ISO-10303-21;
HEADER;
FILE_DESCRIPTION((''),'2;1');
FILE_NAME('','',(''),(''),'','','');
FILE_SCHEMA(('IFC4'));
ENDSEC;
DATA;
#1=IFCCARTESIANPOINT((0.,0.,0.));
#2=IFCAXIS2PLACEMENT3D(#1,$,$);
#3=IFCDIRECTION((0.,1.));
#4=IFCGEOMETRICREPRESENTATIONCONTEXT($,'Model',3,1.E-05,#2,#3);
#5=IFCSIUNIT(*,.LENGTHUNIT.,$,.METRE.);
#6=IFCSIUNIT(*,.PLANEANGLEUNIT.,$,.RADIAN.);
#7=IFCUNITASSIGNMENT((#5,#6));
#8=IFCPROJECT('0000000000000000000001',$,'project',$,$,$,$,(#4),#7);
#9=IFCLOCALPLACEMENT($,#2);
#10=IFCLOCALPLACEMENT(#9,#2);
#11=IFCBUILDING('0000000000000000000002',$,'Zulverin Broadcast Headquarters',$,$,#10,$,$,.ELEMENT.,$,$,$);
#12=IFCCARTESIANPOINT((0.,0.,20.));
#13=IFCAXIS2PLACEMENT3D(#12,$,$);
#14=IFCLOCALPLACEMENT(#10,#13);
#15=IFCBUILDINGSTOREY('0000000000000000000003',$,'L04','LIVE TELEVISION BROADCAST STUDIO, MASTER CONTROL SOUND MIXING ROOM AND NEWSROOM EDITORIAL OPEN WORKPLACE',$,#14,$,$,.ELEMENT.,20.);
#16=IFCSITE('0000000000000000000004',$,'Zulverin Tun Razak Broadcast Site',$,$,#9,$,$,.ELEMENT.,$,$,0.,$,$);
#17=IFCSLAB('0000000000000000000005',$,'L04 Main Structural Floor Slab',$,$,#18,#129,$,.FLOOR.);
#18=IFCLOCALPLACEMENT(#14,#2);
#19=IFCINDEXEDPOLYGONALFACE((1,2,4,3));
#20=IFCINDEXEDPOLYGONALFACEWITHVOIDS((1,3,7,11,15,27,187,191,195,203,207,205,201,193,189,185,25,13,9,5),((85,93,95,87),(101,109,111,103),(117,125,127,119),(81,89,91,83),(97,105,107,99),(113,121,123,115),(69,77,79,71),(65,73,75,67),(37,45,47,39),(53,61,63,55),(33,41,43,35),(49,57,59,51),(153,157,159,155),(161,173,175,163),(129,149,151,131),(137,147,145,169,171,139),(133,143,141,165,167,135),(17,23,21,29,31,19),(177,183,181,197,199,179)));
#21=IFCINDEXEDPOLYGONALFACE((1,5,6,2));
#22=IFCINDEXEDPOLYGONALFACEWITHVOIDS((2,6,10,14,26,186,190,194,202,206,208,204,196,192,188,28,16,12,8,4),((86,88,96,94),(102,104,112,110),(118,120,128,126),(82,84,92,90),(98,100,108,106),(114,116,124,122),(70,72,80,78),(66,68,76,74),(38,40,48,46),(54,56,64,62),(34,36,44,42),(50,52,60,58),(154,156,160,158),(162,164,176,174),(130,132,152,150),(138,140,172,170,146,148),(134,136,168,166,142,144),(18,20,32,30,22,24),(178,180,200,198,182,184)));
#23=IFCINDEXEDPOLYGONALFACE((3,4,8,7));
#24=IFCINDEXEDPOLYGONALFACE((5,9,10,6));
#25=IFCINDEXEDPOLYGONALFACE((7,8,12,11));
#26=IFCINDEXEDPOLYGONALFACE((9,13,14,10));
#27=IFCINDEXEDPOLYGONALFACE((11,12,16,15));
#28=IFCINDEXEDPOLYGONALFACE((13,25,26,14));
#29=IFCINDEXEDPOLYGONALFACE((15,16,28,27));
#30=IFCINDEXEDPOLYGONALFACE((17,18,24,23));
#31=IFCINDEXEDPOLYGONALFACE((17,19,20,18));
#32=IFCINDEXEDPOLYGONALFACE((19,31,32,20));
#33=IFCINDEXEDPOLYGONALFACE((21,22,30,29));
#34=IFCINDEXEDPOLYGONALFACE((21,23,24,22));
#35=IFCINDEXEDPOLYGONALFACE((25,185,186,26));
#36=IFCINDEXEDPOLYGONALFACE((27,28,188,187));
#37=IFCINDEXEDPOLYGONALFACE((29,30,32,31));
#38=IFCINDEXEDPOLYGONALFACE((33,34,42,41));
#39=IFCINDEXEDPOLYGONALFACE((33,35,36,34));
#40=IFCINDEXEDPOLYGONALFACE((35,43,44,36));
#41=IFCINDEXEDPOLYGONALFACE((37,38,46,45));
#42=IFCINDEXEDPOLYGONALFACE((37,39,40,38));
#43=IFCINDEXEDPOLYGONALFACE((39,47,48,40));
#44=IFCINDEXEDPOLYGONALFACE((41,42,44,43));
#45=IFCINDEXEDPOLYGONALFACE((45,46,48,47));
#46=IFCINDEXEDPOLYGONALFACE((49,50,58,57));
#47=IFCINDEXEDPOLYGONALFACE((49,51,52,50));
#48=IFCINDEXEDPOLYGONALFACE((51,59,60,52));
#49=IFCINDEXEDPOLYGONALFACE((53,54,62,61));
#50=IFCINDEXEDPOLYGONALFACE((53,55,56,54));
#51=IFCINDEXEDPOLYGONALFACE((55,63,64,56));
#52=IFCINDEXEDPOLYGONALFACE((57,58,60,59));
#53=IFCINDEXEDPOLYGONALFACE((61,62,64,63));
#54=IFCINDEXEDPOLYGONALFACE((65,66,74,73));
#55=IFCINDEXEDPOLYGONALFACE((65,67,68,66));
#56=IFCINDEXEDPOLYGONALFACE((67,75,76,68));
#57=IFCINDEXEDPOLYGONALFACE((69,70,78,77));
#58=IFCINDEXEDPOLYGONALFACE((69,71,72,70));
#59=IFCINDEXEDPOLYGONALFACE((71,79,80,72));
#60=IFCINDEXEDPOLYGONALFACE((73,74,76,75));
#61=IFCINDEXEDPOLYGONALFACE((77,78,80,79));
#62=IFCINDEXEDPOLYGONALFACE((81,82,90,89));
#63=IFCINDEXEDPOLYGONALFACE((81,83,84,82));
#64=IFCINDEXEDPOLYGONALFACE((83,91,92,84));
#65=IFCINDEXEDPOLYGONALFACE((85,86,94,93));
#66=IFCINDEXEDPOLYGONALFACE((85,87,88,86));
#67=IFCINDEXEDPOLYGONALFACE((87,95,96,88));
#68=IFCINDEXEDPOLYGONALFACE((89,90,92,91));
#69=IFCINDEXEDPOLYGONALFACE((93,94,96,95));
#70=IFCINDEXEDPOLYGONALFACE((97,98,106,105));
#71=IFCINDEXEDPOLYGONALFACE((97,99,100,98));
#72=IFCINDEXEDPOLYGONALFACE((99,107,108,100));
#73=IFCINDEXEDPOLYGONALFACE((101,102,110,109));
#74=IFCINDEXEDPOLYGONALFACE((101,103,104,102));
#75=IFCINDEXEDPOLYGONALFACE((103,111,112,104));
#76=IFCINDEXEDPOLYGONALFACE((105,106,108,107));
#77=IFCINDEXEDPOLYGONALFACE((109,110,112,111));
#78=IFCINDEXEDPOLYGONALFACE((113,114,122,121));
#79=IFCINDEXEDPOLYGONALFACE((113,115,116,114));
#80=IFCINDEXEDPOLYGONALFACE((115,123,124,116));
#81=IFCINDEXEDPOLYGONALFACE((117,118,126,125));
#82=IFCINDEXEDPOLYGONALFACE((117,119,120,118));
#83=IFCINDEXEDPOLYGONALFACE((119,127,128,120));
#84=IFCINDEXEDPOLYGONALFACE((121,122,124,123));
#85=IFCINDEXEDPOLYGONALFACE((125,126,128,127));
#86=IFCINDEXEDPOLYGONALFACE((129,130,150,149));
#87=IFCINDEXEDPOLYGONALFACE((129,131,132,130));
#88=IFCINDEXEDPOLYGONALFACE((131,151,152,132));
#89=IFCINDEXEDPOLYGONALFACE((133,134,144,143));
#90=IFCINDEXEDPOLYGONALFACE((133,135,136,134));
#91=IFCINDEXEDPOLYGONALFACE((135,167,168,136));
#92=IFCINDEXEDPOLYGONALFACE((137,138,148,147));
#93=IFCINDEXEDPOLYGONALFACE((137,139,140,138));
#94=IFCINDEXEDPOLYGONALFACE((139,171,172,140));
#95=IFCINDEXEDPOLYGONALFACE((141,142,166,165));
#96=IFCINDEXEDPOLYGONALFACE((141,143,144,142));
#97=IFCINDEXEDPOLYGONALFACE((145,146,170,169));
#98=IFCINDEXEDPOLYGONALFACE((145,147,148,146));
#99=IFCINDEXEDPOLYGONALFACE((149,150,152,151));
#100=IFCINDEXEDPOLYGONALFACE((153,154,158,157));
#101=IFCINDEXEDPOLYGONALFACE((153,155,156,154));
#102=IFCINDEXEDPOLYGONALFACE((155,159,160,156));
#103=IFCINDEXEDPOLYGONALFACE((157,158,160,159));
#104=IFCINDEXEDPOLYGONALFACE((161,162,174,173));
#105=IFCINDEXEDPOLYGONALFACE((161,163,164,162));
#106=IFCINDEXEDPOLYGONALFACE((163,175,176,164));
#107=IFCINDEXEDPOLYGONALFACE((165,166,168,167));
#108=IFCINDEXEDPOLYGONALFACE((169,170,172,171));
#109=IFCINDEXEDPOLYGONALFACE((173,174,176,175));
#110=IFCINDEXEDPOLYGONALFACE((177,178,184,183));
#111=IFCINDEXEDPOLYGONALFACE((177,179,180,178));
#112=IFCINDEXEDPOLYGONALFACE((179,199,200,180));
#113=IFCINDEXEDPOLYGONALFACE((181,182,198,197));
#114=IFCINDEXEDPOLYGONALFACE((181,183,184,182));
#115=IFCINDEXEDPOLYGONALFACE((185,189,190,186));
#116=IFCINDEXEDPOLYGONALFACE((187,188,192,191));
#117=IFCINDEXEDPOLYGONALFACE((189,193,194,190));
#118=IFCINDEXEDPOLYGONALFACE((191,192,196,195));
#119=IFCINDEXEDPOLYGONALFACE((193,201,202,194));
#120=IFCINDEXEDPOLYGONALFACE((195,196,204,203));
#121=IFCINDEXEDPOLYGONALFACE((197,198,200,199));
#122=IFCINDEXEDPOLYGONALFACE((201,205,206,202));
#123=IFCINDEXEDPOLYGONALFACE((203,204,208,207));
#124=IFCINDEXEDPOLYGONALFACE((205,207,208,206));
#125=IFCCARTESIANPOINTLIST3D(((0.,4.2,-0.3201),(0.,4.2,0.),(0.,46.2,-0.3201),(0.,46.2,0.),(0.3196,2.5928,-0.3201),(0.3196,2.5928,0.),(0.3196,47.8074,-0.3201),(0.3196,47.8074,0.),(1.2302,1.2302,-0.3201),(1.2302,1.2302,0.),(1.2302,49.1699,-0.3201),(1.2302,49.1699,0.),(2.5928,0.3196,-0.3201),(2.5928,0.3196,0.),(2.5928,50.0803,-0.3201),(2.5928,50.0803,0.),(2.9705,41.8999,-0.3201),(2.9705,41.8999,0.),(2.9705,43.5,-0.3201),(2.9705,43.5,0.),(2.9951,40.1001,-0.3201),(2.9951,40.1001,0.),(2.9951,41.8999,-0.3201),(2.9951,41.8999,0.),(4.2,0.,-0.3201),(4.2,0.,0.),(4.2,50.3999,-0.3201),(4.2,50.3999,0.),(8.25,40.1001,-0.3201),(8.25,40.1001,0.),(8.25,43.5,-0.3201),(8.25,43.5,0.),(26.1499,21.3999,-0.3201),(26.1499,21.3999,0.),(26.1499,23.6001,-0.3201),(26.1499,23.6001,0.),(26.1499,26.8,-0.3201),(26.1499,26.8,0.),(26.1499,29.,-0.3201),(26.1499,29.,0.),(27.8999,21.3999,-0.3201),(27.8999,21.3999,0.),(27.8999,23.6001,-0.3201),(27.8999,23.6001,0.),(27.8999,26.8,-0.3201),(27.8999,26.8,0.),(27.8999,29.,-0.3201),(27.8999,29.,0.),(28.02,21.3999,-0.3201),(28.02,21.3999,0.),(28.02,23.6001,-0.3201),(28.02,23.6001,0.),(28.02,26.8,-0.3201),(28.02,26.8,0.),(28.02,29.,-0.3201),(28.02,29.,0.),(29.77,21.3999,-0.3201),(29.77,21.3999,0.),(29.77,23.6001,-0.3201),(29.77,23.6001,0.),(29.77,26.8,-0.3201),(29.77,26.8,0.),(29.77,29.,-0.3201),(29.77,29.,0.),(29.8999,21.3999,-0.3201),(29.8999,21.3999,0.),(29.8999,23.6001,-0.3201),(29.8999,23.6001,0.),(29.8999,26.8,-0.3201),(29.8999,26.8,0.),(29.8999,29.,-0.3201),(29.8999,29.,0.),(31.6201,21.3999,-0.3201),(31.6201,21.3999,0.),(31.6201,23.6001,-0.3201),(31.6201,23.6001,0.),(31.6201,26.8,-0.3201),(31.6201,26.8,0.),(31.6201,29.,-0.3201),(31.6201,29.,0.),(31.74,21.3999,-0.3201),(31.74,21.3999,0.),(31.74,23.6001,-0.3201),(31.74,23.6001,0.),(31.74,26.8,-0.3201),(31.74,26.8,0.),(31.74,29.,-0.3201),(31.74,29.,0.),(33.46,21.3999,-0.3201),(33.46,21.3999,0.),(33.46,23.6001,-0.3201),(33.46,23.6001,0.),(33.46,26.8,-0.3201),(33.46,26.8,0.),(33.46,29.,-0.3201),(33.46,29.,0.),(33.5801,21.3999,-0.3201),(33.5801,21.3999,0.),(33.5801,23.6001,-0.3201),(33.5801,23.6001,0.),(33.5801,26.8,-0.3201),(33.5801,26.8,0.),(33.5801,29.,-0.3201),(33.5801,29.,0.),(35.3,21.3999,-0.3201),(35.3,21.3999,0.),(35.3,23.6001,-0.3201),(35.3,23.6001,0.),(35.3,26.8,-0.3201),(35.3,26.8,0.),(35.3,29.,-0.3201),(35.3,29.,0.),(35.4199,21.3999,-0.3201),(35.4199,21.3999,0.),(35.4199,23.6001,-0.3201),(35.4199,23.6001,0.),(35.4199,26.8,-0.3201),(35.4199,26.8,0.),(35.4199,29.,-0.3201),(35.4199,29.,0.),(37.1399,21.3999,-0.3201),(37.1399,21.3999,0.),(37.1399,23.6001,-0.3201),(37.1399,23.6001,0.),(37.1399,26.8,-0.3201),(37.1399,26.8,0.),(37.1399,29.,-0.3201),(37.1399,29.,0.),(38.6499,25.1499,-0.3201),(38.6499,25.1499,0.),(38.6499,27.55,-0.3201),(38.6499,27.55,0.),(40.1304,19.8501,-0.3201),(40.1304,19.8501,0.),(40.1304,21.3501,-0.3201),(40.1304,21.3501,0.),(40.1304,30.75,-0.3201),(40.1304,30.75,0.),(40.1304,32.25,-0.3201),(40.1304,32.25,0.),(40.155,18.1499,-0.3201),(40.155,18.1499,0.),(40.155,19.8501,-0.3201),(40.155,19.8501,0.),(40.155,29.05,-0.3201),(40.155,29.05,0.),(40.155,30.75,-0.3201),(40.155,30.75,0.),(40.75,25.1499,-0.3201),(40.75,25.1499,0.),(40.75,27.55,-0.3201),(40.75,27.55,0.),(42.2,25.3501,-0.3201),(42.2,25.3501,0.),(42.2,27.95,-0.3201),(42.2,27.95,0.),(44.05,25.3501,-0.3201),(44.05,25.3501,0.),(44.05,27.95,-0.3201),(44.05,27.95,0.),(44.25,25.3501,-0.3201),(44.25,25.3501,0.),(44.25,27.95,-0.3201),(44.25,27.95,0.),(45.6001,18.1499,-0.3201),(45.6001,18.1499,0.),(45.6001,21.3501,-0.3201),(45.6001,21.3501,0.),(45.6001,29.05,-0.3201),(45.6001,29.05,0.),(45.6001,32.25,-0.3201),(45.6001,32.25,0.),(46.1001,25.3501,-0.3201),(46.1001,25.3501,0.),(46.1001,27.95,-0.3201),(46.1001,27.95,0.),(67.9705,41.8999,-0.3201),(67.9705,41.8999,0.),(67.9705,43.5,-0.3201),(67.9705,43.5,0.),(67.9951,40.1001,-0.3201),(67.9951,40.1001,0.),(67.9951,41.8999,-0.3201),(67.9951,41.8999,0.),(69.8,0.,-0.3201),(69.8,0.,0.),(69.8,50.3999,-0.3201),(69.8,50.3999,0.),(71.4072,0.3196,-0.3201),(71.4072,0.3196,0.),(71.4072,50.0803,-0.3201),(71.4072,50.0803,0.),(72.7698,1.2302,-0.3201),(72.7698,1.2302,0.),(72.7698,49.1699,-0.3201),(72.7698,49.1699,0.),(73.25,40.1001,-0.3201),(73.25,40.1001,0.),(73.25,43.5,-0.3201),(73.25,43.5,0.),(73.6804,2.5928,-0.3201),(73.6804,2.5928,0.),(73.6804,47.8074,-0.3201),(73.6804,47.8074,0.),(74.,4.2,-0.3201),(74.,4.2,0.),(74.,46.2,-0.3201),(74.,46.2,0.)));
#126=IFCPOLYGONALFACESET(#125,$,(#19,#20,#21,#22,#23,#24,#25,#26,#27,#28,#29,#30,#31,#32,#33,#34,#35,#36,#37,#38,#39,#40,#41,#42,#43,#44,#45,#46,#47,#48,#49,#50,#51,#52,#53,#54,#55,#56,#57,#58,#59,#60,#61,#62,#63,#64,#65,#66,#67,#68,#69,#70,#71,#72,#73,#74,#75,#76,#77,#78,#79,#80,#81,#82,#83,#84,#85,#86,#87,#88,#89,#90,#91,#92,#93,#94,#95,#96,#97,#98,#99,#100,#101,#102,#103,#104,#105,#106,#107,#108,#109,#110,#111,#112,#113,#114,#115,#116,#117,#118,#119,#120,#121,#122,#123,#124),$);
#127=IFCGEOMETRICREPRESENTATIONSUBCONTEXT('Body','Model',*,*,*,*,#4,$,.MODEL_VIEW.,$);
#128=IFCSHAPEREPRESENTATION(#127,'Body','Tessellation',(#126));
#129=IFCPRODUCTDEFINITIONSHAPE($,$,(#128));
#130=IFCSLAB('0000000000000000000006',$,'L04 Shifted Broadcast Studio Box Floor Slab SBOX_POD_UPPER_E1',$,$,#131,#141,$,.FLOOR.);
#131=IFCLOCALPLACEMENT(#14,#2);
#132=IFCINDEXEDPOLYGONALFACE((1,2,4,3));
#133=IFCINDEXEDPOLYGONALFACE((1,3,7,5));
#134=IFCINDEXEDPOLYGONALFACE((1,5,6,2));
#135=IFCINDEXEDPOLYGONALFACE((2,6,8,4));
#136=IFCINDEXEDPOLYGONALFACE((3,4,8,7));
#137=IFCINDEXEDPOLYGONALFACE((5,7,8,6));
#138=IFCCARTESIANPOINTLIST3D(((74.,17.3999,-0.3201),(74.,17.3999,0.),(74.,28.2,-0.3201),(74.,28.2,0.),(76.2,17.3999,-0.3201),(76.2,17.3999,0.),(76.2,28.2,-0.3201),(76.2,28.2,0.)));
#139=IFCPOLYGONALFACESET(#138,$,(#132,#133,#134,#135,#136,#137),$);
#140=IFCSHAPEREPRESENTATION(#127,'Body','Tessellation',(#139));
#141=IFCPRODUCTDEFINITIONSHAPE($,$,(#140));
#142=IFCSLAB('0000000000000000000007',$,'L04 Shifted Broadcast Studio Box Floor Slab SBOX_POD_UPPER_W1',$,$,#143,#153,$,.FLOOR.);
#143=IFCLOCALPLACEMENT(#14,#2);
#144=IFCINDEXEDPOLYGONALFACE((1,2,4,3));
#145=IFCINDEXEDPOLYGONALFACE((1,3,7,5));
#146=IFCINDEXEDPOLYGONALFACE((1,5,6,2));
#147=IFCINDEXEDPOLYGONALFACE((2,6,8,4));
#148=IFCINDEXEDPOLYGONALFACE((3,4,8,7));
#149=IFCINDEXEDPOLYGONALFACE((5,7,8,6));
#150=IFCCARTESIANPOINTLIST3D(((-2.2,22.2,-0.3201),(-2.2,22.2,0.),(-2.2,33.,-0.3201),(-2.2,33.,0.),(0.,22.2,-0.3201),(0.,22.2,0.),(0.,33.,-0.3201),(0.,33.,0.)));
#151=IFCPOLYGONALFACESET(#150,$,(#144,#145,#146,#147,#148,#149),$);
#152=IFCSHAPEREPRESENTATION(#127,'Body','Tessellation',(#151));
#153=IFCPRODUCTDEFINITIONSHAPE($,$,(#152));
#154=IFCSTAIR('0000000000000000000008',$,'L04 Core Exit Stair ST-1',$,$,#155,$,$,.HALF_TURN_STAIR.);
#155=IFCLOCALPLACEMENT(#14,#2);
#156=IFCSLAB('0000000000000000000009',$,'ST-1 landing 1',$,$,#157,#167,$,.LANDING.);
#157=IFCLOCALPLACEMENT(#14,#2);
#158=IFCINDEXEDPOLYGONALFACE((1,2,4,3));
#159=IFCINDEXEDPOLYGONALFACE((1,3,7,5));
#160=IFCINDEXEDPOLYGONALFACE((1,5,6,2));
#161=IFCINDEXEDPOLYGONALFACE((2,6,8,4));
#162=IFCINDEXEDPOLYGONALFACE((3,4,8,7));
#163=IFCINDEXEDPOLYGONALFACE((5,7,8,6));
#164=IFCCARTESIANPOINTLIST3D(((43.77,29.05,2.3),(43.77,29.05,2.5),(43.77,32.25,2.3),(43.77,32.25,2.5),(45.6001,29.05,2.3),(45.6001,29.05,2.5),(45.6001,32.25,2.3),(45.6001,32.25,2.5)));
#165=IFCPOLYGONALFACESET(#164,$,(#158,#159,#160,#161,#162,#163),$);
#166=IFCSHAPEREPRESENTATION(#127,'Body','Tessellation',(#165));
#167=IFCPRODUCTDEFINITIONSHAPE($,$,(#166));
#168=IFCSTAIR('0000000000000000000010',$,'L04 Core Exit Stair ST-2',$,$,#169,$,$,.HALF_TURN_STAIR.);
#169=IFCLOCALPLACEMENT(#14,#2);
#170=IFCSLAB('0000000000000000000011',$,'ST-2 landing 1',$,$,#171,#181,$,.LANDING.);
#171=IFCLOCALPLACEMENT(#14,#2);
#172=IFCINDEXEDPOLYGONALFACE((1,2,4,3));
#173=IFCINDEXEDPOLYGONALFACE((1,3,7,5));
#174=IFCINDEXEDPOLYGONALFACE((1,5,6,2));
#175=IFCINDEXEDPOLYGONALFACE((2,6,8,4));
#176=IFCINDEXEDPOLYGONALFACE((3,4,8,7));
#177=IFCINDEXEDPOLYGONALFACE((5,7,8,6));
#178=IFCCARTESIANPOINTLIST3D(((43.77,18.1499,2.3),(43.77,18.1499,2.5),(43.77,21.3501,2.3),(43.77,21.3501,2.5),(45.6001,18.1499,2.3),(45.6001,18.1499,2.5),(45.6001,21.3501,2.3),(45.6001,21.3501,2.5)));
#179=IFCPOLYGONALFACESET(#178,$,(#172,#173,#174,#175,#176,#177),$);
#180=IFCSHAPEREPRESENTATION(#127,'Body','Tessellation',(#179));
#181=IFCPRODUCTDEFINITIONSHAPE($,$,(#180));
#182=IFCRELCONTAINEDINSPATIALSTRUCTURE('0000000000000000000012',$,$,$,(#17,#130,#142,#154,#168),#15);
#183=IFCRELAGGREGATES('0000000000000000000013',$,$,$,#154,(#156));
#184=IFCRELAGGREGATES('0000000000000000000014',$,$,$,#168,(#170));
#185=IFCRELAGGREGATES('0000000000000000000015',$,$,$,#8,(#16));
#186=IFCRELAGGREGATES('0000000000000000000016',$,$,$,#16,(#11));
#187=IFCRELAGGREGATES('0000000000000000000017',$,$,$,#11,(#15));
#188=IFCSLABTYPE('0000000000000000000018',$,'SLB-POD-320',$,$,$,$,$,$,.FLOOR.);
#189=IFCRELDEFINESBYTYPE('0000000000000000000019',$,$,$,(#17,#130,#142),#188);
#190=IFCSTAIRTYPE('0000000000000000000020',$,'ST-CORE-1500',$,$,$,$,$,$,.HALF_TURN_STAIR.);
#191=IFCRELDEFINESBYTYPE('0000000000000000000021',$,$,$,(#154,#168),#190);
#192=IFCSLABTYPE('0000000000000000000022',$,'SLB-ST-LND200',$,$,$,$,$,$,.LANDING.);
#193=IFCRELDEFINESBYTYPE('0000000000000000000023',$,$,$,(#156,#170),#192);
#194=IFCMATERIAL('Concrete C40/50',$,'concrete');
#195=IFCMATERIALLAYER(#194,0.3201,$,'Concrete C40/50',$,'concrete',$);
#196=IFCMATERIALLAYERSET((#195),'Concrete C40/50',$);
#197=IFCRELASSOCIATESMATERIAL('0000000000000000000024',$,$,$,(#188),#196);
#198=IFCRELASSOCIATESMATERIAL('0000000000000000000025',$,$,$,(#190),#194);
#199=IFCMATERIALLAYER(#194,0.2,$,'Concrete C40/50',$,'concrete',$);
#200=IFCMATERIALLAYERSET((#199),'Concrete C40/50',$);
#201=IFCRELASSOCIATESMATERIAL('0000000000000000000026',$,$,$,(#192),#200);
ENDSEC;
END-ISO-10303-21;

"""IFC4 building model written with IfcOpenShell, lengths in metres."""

from ifc_helpers import new_model, si_unit, direction, frame, origin, place, context, subcontext, project, spatial, polyline, outline, extrude, material, layer, layer_set, type_object, element, aggregate, save


model = new_model("IFC4")

# Units and contexts
model_context = context("Model", 3, precision=1e-05, world=origin(), true_north=direction((0.0, 1.0)))
body_context = subcontext(model_context, "Body", "Model", "MODEL_VIEW")
ifc_project = project(units=[si_unit("LENGTHUNIT", "METRE"), si_unit("PLANEANGLEUNIT", "RADIAN")], contexts=[model_context])

# Site, building, storey
site_placement = place(None, origin())
site = spatial("IfcSite", under=ifc_project, at=site_placement, Name="Zulverin Tun Razak Broadcast Site", CompositionType="ELEMENT", RefElevation=0.0)
building_placement = place(site_placement, origin())
building = spatial("IfcBuilding", under=site, at=building_placement, Name="Zulverin Broadcast Headquarters", CompositionType="ELEMENT")
storey_placement = place(building_placement, frame((0.0, 0.0, 20.0)))
storey = spatial("IfcBuildingStorey", under=building, at=storey_placement, Name="L04", Description="LIVE TELEVISION BROADCAST STUDIO, MASTER CONTROL SOUND MIXING ROOM AND NEWSROOM EDITORIAL OPEN WORKPLACE", CompositionType="ELEMENT", Elevation=20.0)

# Slabs
ifc_material_1 = material(Name="Concrete C40/50", Category="concrete")
ifc_layer_1 = layer(ifc_material_1, 0.3201, Name="Concrete C40/50", Category="concrete")
ifc_layer_set_1 = layer_set([ifc_layer_1], Name="Concrete C40/50")
slab_type_1 = type_object("IfcSlabType", Name="SLB-POD-320", PredefinedType="FLOOR", material=ifc_layer_set_1)
slab_1_placement = place(storey_placement, frame((0.0, 0.0, -0.3201)))
element("IfcSlab", 1, at=slab_1_placement, inside=storey, type_object=slab_type_1, Name="L04 Main Structural Floor Slab", PredefinedType="FLOOR", context=body_context, shape_type="SweptSolid", body=[
    extrude(outline(polyline([(69.8, 0.0), (71.4072, 0.3196), (72.7698, 1.2302), (73.6804, 2.5928), (74.0, 4.2), (74.0, 46.2), (73.6804, 47.8074), (72.7698, 49.1699), (71.4072, 50.0803), (69.8, 50.3999), (4.2, 50.3999), (2.5928, 50.0803), (1.2302, 49.1699), (0.3196, 47.8074), (0.0, 46.2), (0.0, 4.2), (0.3196, 2.5928), (1.2302, 1.2302), (2.5928, 0.3196), (4.2, 0.0), (69.8, 0.0)]), holes=[polyline([(40.155, 30.75), (40.1304, 30.75), (40.1304, 32.25), (45.6001, 32.25), (45.6001, 29.05), (40.155, 29.05), (40.155, 30.75)]), polyline([(40.155, 19.8501), (40.1304, 19.8501), (40.1304, 21.3501), (45.6001, 21.3501), (45.6001, 18.1499), (40.155, 18.1499), (40.155, 19.8501)]), polyline([(2.9951, 41.8999), (2.9705, 41.8999), (2.9705, 43.5), (8.25, 43.5), (8.25, 40.1001), (2.9951, 40.1001), (2.9951, 41.8999)]), polyline([(67.9951, 41.8999), (67.9705, 41.8999), (67.9705, 43.5), (73.25, 43.5), (73.25, 40.1001), (67.9951, 40.1001), (67.9951, 41.8999)]), polyline([(26.1499, 26.8), (27.8999, 26.8), (27.8999, 29.0), (26.1499, 29.0), (26.1499, 26.8)]), polyline([(28.02, 26.8), (29.77, 26.8), (29.77, 29.0), (28.02, 29.0), (28.02, 26.8)]), polyline([(26.1499, 21.3999), (27.8999, 21.3999), (27.8999, 23.6001), (26.1499, 23.6001), (26.1499, 21.3999)]), polyline([(28.02, 21.3999), (29.77, 21.3999), (29.77, 23.6001), (28.02, 23.6001), (28.02, 21.3999)]), polyline([(29.8999, 21.3999), (31.6201, 21.3999), (31.6201, 23.6001), (29.8999, 23.6001), (29.8999, 21.3999)]), polyline([(31.74, 21.3999), (33.46, 21.3999), (33.46, 23.6001), (31.74, 23.6001), (31.74, 21.3999)]), polyline([(33.5801, 21.3999), (35.3, 21.3999), (35.3, 23.6001), (33.5801, 23.6001), (33.5801, 21.3999)]), polyline([(35.4199, 21.3999), (37.1399, 21.3999), (37.1399, 23.6001), (35.4199, 23.6001), (35.4199, 21.3999)]), polyline([(29.8999, 26.8), (31.6201, 26.8), (31.6201, 29.0), (29.8999, 29.0), (29.8999, 26.8)]), polyline([(31.74, 26.8), (33.46, 26.8), (33.46, 29.0), (31.74, 29.0), (31.74, 26.8)]), polyline([(33.5801, 26.8), (35.3, 26.8), (35.3, 29.0), (33.5801, 29.0), (33.5801, 26.8)]), polyline([(35.4199, 26.8), (37.1399, 26.8), (37.1399, 29.0), (35.4199, 29.0), (35.4199, 26.8)]), polyline([(42.2, 25.3501), (44.05, 25.3501), (44.05, 27.95), (42.2, 27.95), (42.2, 25.3501)]), polyline([(44.25, 25.3501), (46.1001, 25.3501), (46.1001, 27.95), (44.25, 27.95), (44.25, 25.3501)]), polyline([(38.6499, 25.1499), (40.75, 25.1499), (40.75, 27.55), (38.6499, 27.55), (38.6499, 25.1499)])]), origin(), (0.0, 0.0, 1.0), 0.3201),
])
slab_2_placement = place(storey_placement, frame((0.0, 0.0, -0.3201)))
element("IfcSlab", 2, at=slab_2_placement, inside=storey, type_object=slab_type_1, Name="L04 Shifted Broadcast Studio Box Floor Slab SBOX_POD_UPPER_E1", PredefinedType="FLOOR", context=body_context, shape_type="SweptSolid", body=[
    extrude(outline(polyline([(74.0, 17.3999), (76.2, 17.3999), (76.2, 28.2), (74.0, 28.2), (74.0, 17.3999)])), origin(), (0.0, 0.0, 1.0), 0.3201),
])
slab_3_placement = place(storey_placement, frame((0.0, 0.0, -0.3201)))
element("IfcSlab", 3, at=slab_3_placement, inside=storey, type_object=slab_type_1, Name="L04 Shifted Broadcast Studio Box Floor Slab SBOX_POD_UPPER_W1", PredefinedType="FLOOR", context=body_context, shape_type="SweptSolid", body=[
    extrude(outline(polyline([(-2.2, 22.2), (0.0, 22.2), (0.0, 33.0), (-2.2, 33.0), (-2.2, 22.2)])), origin(), (0.0, 0.0, 1.0), 0.3201),
])

# Stairs, slabs
stair_type_1 = type_object("IfcStairType", Name="ST-CORE-1500", PredefinedType="HALF_TURN_STAIR", material=ifc_material_1)
stair_1_placement = place(storey_placement, origin())
stair_1 = element("IfcStair", 4, at=stair_1_placement, inside=storey, type_object=stair_type_1, Name="L04 Core Exit Stair ST-1", PredefinedType="HALF_TURN_STAIR")
ifc_layer_2 = layer(ifc_material_1, 0.2, Name="Concrete C40/50", Category="concrete")
ifc_layer_set_2 = layer_set([ifc_layer_2], Name="Concrete C40/50")
slab_type_2 = type_object("IfcSlabType", Name="SLB-ST-LND200", PredefinedType="LANDING", material=ifc_layer_set_2)
slab_4_placement = place(storey_placement, frame((0.0, 0.0, 2.3)))
slab_4 = element("IfcSlab", 5, at=slab_4_placement, type_object=slab_type_2, Name="ST-1 landing 1", PredefinedType="LANDING", context=body_context, shape_type="SweptSolid", body=[
    extrude(outline(polyline([(43.77, 29.05), (45.6001, 29.05), (45.6001, 32.25), (43.77, 32.25), (43.77, 29.05)])), origin(), (0.0, 0.0, 1.0), 0.2),
])
aggregate(stair_1, [slab_4])
stair_2_placement = place(storey_placement, origin())
stair_2 = element("IfcStair", 6, at=stair_2_placement, inside=storey, type_object=stair_type_1, Name="L04 Core Exit Stair ST-2", PredefinedType="HALF_TURN_STAIR")
slab_5_placement = place(storey_placement, frame((0.0, 0.0, 2.3)))
slab_5 = element("IfcSlab", 7, at=slab_5_placement, type_object=slab_type_2, Name="ST-2 landing 1", PredefinedType="LANDING", context=body_context, shape_type="SweptSolid", body=[
    extrude(outline(polyline([(43.77, 18.1499), (45.6001, 18.1499), (45.6001, 21.3501), (43.77, 21.3501), (43.77, 18.1499)])), origin(), (0.0, 0.0, 1.0), 0.2),
])
aggregate(stair_2, [slab_5])

save(model, "model.ifc")
